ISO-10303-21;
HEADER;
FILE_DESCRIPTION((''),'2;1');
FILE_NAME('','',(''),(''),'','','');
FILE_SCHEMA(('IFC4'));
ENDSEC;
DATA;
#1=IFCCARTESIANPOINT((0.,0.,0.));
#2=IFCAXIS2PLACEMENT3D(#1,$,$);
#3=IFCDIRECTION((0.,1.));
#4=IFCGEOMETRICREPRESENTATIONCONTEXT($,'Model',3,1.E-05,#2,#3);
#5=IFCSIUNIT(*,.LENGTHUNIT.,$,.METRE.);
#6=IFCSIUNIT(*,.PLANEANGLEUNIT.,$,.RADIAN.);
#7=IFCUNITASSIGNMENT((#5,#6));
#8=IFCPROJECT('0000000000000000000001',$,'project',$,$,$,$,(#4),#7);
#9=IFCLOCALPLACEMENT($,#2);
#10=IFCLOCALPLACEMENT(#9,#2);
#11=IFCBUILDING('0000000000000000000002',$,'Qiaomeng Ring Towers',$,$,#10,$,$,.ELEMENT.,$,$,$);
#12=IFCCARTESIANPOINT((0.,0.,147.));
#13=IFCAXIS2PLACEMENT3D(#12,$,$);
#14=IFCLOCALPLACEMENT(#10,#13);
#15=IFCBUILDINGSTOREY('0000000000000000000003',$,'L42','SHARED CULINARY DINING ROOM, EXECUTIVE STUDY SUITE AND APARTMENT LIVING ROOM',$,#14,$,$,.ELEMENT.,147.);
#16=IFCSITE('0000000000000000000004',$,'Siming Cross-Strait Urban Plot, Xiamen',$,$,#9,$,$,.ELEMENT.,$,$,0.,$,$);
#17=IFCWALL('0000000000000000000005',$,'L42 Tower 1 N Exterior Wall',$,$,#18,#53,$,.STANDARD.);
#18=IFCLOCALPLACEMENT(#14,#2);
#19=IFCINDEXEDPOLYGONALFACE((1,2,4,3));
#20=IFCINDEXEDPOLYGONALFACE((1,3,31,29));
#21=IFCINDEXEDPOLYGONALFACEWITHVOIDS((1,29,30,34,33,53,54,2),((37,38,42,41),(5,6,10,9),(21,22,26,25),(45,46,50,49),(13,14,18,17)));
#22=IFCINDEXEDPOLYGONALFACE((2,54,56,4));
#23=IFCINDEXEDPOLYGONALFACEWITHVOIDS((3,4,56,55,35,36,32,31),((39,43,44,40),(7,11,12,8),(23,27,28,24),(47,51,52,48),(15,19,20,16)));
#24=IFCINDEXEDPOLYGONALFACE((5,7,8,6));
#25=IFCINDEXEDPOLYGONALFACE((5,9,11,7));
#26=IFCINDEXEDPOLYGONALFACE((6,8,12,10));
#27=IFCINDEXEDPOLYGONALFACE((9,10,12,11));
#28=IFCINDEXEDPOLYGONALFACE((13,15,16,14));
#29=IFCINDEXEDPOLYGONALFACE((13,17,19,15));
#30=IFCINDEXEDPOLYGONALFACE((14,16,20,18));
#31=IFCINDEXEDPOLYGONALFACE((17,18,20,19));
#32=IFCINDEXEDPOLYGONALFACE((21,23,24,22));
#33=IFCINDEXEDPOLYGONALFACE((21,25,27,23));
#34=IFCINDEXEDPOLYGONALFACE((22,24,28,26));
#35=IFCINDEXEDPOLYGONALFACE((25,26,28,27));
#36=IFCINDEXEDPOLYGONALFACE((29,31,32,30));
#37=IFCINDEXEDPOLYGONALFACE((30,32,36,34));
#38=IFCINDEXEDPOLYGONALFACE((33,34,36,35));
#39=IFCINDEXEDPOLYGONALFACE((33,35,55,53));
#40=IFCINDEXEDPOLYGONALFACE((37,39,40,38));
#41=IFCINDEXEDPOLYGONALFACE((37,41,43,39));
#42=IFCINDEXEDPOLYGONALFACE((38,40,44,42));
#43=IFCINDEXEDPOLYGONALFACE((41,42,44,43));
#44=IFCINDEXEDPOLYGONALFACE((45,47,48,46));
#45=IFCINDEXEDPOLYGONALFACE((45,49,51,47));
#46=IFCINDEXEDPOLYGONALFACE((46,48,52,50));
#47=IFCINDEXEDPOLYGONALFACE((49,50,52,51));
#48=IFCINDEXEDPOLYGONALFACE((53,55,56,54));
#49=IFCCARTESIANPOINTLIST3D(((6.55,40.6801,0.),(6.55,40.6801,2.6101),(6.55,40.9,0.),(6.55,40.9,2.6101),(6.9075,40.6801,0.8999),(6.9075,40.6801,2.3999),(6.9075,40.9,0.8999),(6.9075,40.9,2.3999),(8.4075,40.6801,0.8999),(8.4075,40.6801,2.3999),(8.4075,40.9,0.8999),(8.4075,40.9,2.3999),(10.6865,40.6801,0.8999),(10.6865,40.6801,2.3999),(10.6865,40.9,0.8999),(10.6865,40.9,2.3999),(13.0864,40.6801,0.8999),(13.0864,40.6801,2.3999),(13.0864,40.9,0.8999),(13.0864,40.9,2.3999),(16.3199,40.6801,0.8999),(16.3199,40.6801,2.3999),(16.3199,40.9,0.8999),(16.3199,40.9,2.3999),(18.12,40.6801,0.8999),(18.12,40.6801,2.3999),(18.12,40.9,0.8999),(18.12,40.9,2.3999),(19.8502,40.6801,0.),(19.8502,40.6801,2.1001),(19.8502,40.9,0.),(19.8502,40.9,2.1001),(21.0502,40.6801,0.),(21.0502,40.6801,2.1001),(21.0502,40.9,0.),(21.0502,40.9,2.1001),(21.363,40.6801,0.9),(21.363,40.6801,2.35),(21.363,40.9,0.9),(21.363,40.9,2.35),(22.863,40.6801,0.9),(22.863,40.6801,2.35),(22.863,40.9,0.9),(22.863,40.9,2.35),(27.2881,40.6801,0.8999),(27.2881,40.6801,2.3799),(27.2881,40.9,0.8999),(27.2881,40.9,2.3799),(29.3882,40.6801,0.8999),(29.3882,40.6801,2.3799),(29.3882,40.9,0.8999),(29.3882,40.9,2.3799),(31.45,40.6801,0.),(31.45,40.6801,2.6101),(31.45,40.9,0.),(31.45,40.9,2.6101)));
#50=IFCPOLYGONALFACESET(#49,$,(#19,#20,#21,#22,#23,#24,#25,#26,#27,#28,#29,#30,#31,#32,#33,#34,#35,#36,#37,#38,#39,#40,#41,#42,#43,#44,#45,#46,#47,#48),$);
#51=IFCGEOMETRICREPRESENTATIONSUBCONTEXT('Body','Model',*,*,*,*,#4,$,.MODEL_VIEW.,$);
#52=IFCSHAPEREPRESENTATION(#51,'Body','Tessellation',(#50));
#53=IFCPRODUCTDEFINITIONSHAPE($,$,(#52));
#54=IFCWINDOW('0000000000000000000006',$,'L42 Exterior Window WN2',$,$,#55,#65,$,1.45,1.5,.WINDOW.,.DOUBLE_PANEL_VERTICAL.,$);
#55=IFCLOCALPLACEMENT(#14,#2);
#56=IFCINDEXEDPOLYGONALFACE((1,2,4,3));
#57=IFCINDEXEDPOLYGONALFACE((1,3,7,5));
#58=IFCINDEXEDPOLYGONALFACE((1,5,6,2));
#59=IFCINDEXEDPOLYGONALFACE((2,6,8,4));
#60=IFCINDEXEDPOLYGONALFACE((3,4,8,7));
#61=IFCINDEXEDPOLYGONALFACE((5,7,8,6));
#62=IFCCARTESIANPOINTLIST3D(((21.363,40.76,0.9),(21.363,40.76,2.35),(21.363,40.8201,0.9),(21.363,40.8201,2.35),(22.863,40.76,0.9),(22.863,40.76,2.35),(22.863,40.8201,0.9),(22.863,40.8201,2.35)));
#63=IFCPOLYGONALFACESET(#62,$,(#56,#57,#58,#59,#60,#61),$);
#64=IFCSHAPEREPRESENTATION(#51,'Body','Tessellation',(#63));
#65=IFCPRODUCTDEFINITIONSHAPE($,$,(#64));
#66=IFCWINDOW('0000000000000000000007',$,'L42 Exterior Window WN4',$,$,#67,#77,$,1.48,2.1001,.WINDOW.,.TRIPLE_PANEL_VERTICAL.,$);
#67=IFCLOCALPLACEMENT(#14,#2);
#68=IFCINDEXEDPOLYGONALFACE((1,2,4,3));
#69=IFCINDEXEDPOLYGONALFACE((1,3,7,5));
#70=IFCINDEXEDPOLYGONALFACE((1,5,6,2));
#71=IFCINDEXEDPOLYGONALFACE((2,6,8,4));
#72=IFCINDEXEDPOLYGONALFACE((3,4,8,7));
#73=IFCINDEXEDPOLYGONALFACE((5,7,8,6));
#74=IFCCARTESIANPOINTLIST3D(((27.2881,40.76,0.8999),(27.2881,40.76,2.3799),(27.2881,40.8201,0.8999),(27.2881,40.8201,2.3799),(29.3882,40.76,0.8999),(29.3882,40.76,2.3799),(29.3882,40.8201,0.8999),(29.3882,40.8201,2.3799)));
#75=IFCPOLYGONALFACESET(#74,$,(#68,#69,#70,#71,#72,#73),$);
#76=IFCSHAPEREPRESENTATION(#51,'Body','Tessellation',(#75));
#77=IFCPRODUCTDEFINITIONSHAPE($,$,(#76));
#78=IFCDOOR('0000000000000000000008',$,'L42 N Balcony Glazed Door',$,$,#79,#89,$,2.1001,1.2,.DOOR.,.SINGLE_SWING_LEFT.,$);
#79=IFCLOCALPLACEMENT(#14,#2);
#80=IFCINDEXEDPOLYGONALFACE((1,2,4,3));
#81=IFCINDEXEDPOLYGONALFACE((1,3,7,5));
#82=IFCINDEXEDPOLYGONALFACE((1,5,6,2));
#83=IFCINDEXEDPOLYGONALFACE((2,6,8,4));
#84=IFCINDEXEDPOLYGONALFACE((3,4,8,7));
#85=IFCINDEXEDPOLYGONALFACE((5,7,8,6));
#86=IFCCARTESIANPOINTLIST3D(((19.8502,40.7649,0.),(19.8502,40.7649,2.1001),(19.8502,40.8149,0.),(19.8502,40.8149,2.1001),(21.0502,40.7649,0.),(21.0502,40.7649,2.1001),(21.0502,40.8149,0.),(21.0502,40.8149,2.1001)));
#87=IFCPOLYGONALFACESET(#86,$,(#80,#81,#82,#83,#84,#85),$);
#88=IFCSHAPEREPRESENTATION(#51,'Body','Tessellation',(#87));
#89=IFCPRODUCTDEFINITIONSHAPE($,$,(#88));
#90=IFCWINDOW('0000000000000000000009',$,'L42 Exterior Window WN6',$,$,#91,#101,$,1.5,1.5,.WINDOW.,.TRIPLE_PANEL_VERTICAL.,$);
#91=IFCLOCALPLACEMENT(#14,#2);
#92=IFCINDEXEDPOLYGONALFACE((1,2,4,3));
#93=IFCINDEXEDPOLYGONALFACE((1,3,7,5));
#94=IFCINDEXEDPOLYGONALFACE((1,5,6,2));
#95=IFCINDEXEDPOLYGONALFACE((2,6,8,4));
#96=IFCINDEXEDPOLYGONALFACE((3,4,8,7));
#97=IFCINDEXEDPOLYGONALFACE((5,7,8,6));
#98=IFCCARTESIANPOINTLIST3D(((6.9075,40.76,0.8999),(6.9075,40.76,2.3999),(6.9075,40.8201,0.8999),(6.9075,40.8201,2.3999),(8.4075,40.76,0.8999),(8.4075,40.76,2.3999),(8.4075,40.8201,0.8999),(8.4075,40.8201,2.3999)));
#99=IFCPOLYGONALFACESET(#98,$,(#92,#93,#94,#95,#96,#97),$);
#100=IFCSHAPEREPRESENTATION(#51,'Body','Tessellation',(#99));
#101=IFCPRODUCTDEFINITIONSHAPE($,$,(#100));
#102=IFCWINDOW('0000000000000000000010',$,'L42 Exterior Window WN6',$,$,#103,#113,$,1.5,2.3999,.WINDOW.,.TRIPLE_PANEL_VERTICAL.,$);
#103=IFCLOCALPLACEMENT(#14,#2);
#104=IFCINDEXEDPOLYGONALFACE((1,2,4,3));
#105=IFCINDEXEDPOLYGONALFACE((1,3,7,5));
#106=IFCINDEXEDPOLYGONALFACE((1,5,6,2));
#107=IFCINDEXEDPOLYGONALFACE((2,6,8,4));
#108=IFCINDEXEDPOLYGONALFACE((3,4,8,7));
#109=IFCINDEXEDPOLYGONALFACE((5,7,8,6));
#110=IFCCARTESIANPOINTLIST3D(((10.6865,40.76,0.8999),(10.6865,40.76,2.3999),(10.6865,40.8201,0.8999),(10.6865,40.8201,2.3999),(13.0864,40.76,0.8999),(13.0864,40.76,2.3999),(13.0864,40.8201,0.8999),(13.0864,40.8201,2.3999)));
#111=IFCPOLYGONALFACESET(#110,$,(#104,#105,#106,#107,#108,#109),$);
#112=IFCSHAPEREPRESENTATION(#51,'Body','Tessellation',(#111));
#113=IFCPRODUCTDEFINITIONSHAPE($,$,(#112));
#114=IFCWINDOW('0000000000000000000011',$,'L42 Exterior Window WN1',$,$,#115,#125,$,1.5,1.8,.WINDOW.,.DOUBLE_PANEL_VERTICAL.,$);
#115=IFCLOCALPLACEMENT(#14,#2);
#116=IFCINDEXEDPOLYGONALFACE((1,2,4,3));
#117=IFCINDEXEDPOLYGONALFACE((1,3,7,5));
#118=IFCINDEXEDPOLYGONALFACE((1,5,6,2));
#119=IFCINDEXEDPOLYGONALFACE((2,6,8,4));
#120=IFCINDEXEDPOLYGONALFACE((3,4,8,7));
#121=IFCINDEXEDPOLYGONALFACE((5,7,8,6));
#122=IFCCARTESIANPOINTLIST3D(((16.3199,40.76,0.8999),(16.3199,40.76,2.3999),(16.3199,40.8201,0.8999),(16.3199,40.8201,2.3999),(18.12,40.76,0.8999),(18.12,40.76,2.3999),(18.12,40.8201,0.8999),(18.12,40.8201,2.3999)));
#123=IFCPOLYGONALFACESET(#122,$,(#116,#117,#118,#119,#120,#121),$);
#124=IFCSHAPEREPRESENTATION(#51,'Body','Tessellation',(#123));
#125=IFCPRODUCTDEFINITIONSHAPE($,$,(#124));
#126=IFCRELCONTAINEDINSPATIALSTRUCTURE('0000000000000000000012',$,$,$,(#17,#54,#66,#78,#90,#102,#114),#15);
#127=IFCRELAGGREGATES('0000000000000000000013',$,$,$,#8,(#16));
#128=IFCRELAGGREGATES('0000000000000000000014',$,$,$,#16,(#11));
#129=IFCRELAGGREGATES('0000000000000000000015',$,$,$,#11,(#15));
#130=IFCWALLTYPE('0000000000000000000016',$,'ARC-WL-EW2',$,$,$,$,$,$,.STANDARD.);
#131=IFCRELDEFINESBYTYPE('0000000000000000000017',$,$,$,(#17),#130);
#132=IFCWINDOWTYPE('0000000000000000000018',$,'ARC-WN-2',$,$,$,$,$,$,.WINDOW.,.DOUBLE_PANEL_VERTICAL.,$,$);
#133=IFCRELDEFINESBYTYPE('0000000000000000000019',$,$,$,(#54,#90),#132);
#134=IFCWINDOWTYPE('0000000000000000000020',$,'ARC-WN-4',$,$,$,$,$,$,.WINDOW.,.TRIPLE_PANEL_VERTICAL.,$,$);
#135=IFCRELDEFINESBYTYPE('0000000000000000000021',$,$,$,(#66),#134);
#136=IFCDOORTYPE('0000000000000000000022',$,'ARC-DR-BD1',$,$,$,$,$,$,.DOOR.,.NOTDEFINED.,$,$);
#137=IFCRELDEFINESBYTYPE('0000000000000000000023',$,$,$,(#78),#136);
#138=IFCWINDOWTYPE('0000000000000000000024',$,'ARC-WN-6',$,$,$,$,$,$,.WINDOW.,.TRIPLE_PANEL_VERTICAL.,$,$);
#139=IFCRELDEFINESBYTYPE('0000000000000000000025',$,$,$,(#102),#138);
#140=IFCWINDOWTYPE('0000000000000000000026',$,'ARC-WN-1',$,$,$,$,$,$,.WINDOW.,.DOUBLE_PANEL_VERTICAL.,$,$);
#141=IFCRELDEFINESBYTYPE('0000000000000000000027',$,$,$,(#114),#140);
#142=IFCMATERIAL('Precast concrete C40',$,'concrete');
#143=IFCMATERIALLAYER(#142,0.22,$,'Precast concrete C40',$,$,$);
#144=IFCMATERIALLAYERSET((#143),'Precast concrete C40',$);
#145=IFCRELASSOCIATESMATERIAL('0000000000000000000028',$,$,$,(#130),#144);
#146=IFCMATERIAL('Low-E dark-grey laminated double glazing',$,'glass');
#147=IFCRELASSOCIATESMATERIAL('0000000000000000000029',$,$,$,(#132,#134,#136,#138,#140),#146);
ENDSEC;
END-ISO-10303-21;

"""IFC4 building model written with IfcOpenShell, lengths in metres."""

from ifc_helpers import new_model, si_unit, direction, frame, frame_2d, origin, place, context, subcontext, project, spatial, rectangle, extrude, source, transform, mapped, material, layer, layer_set, type_object, element, fill, save


model = new_model("IFC4")

# Units and contexts
model_context = context("Model", 3, precision=1e-05, world=origin(), true_north=direction((0.0, 1.0)))
body_context = subcontext(model_context, "Body", "Model", "MODEL_VIEW")
ifc_project = project(units=[si_unit("LENGTHUNIT", "METRE"), si_unit("PLANEANGLEUNIT", "RADIAN")], contexts=[model_context])

# Site, building, storey
site_placement = place(None, origin())
site = spatial("IfcSite", under=ifc_project, at=site_placement, Name="Siming Cross-Strait Urban Plot, Xiamen", CompositionType="ELEMENT", RefElevation=0.0)
building_placement = place(site_placement, origin())
building = spatial("IfcBuilding", under=site, at=building_placement, Name="Qiaomeng Ring Towers", CompositionType="ELEMENT")
storey_placement = place(building_placement, frame((0.0, 0.0, 147.0)))
storey = spatial("IfcBuildingStorey", under=building, at=storey_placement, Name="L42", Description="SHARED CULINARY DINING ROOM, EXECUTIVE STUDY SUITE AND APARTMENT LIVING ROOM", CompositionType="ELEMENT", Elevation=147.0)

# Shared definitions
ifc_material_1 = material(Name="Low-E dark-grey laminated double glazing", Category="glass")

# Wall, openings, windows, door
ifc_material_2 = material(Name="Precast concrete C40", Category="concrete")
ifc_layer_1 = layer(ifc_material_2, 0.22, Name="Precast concrete C40")
ifc_layer_set_1 = layer_set([ifc_layer_1], Name="Precast concrete C40")
wall_type_1 = type_object("IfcWallType", Name="ARC-WL-EW2", PredefinedType="STANDARD", material=ifc_layer_set_1)
wall_1_placement = place(storey_placement, frame((6.55, 40.79, 0.0), z_axis=(0.0, 0.0, 1.0), x_axis=(1.0, 0.0, 0.0)))
wall_1 = element("IfcWall", 1, at=wall_1_placement, inside=storey, type_object=wall_type_1, Name="L42 Tower 1 N Exterior Wall", PredefinedType="STANDARD", context=body_context, shape_type="SweptSolid", body=[
    extrude(rectangle(XDim=24.8999, YDim=0.22, at=frame_2d((12.45, 0.0))), origin(), (0.0, 0.0, 1.0), 2.6101),
])
opening_1_placement = place(wall_1_placement, frame((13.3, 0.0, 0.0)))
opening_1 = element("IfcOpeningElement", 2, at=opening_1_placement, cuts=wall_1, PredefinedType="OPENING", context=body_context, shape_type="SweptSolid", body=[
    extrude(rectangle(XDim=1.2, YDim=2.1001, at=frame_2d((0.6001, 1.05))), frame((0.0, 0.1199, 0.0), z_axis=(0.0, -1.0, 0.0), x_axis=(1.0, 0.0, 0.0)), (0.0, 0.0, 1.0), 0.24),
])
opening_2_placement = place(wall_1_placement, frame((0.3574, 0.0, 0.8999)))
opening_2 = element("IfcOpeningElement", 3, at=opening_2_placement, cuts=wall_1, PredefinedType="OPENING", context=body_context, shape_type="SweptSolid", body=[
    extrude(rectangle(XDim=1.5, YDim=1.5, at=frame_2d((0.75, 0.75))), frame((0.0, 0.1199, 0.0), z_axis=(0.0, -1.0, 0.0), x_axis=(1.0, 0.0, 0.0)), (0.0, 0.0, 1.0), 0.24),
])
opening_3_placement = place(wall_1_placement, frame((9.77, 0.0, 0.8999)))
opening_3 = element("IfcOpeningElement", 4, at=opening_3_placement, cuts=wall_1, PredefinedType="OPENING", context=body_context, shape_type="SweptSolid", body=[
    extrude(rectangle(XDim=1.8, YDim=1.5, at=frame_2d((0.8999, 0.75))), frame((0.0, 0.1199, 0.0), z_axis=(0.0, -1.0, 0.0), x_axis=(1.0, 0.0, 0.0)), (0.0, 0.0, 1.0), 0.24),
])
opening_4_placement = place(wall_1_placement, frame((14.813, 0.0, 0.8999)))
opening_4 = element("IfcOpeningElement", 5, at=opening_4_placement, cuts=wall_1, PredefinedType="OPENING", context=body_context, shape_type="SweptSolid", body=[
    extrude(rectangle(XDim=1.5, YDim=1.45, at=frame_2d((0.75, 0.7251))), frame((0.0, 0.1199, 0.0), z_axis=(0.0, -1.0, 0.0), x_axis=(1.0, 0.0, 0.0)), (0.0, 0.0, 1.0), 0.24),
])
opening_5_placement = place(wall_1_placement, frame((20.738, 0.0, 0.8999)))
opening_5 = element("IfcOpeningElement", 6, at=opening_5_placement, cuts=wall_1, PredefinedType="OPENING", context=body_context, shape_type="SweptSolid", body=[
    extrude(rectangle(XDim=2.1001, YDim=1.48, at=frame_2d((1.05, 0.74))), frame((0.0, 0.1199, 0.0), z_axis=(0.0, -1.0, 0.0), x_axis=(1.0, 0.0, 0.0)), (0.0, 0.0, 1.0), 0.24),
])
opening_6_placement = place(wall_1_placement, frame((4.1365, 0.0, 0.8999)))
opening_6 = element("IfcOpeningElement", 7, at=opening_6_placement, cuts=wall_1, PredefinedType="OPENING", context=body_context, shape_type="SweptSolid", body=[
    extrude(rectangle(XDim=2.3999, YDim=1.5, at=frame_2d((1.2, 0.75))), frame((0.0, 0.1199, 0.0), z_axis=(0.0, -1.0, 0.0), x_axis=(1.0, 0.0, 0.0)), (0.0, 0.0, 1.0), 0.24),
])
window_type_1 = type_object("IfcWindowType", Name="ARC-WN-2", PartitioningType="DOUBLE_PANEL_VERTICAL", PredefinedType="WINDOW", material=ifc_material_1)
shared_shape_1 = source(origin(), body_context, "Body", "SweptSolid", [
    extrude(rectangle(XDim=1.5, YDim=1.45, at=frame_2d((0.75, 0.7251))), frame((0.0, 0.03, 0.0), z_axis=(0.0, -1.0, 0.0), x_axis=(1.0, 0.0, 0.0)), (0.0, 0.0, 1.0), 0.0601),
])
window_1_placement = place(opening_4_placement, origin())
window_1 = element("IfcWindow", 8, at=window_1_placement, inside=storey, type_object=window_type_1, Name="L42 Exterior Window WN2", OverallHeight=1.45, OverallWidth=1.5, PartitioningType="DOUBLE_PANEL_VERTICAL", PredefinedType="WINDOW", context=body_context, shape_type="MappedRepresentation", body=[
    mapped(shared_shape_1, transform((0.0, 0.0, 0.0), x_axis=(1.0, 0.0, 0.0), y_axis=(0.0, 1.0, 0.0), z_axis=(0.0, 0.0, 1.0), scale=1.0)),
])
fill(opening_4, window_1)
window_type_2 = type_object("IfcWindowType", Name="ARC-WN-4", PartitioningType="TRIPLE_PANEL_VERTICAL", PredefinedType="WINDOW", material=ifc_material_1)
shared_shape_2 = source(origin(), body_context, "Body", "SweptSolid", [
    extrude(rectangle(XDim=2.1001, YDim=1.48, at=frame_2d((1.05, 0.74))), frame((0.0, 0.03, 0.0), z_axis=(0.0, -1.0, 0.0), x_axis=(1.0, 0.0, 0.0)), (0.0, 0.0, 1.0), 0.0601),
])
window_2_placement = place(opening_5_placement, origin())
window_2 = element("IfcWindow", 9, at=window_2_placement, inside=storey, type_object=window_type_2, Name="L42 Exterior Window WN4", OverallHeight=1.48, OverallWidth=2.1001, PartitioningType="TRIPLE_PANEL_VERTICAL", PredefinedType="WINDOW", context=body_context, shape_type="MappedRepresentation", body=[
    mapped(shared_shape_2, transform((0.0, 0.0, 0.0), x_axis=(1.0, 0.0, 0.0), y_axis=(0.0, 1.0, 0.0), z_axis=(0.0, 0.0, 1.0), scale=1.0)),
])
fill(opening_5, window_2)
door_type_1 = type_object("IfcDoorType", Name="ARC-DR-BD1", OperationType="NOTDEFINED", PredefinedType="DOOR", material=ifc_material_1)
shared_shape_3 = source(origin(), body_context, "Body", "SweptSolid", [
    extrude(rectangle(XDim=1.2, YDim=2.1001, at=frame_2d((0.6001, 1.05))), frame((0.0, 0.0249, 0.0), z_axis=(0.0, -1.0, 0.0), x_axis=(1.0, 0.0, 0.0)), (0.0, 0.0, 1.0), 0.05),
])
door_1_placement = place(opening_1_placement, origin())
door_1 = element("IfcDoor", 10, at=door_1_placement, inside=storey, type_object=door_type_1, Name="L42 N Balcony Glazed Door", OperationType="SINGLE_SWING_LEFT", OverallHeight=2.1001, OverallWidth=1.2, PredefinedType="DOOR", context=body_context, shape_type="MappedRepresentation", body=[
    mapped(shared_shape_3, transform((0.0, 0.0, 0.0), x_axis=(1.0, 0.0, 0.0), y_axis=(0.0, 1.0, 0.0), z_axis=(0.0, 0.0, 1.0), scale=1.0)),
])
fill(opening_1, door_1)
shared_shape_4 = source(origin(), body_context, "Body", "SweptSolid", [
    extrude(rectangle(XDim=1.5, YDim=1.5, at=frame_2d((0.75, 0.75))), frame((0.0, 0.03, 0.0), z_axis=(0.0, -1.0, 0.0), x_axis=(1.0, 0.0, 0.0)), (0.0, 0.0, 1.0), 0.0601),
])
window_3_placement = place(opening_2_placement, origin())
window_3 = element("IfcWindow", 11, at=window_3_placement, inside=storey, type_object=window_type_1, Name="L42 Exterior Window WN6", OverallHeight=1.5, OverallWidth=1.5, PartitioningType="TRIPLE_PANEL_VERTICAL", PredefinedType="WINDOW", context=body_context, shape_type="MappedRepresentation", body=[
    mapped(shared_shape_4, transform((0.0, 0.0, 0.0), x_axis=(1.0, 0.0, 0.0), y_axis=(0.0, 1.0, 0.0), z_axis=(0.0, 0.0, 1.0), scale=1.0)),
])
fill(opening_2, window_3)
window_type_3 = type_object("IfcWindowType", Name="ARC-WN-6", PartitioningType="TRIPLE_PANEL_VERTICAL", PredefinedType="WINDOW", material=ifc_material_1)
shared_shape_5 = source(origin(), body_context, "Body", "SweptSolid", [
    extrude(rectangle(XDim=2.3999, YDim=1.5, at=frame_2d((1.2, 0.75))), frame((0.0, 0.03, 0.0), z_axis=(0.0, -1.0, 0.0), x_axis=(1.0, 0.0, 0.0)), (0.0, 0.0, 1.0), 0.0601),
])
window_4_placement = place(opening_6_placement, origin())
window_4 = element("IfcWindow", 12, at=window_4_placement, inside=storey, type_object=window_type_3, Name="L42 Exterior Window WN6", OverallHeight=1.5, OverallWidth=2.3999, PartitioningType="TRIPLE_PANEL_VERTICAL", PredefinedType="WINDOW", context=body_context, shape_type="MappedRepresentation", body=[
    mapped(shared_shape_5, transform((0.0, 0.0, 0.0), x_axis=(1.0, 0.0, 0.0), y_axis=(0.0, 1.0, 0.0), z_axis=(0.0, 0.0, 1.0), scale=1.0)),
])
fill(opening_6, window_4)
window_type_4 = type_object("IfcWindowType", Name="ARC-WN-1", PartitioningType="DOUBLE_PANEL_VERTICAL", PredefinedType="WINDOW", material=ifc_material_1)
shared_shape_6 = source(origin(), body_context, "Body", "SweptSolid", [
    extrude(rectangle(XDim=1.8, YDim=1.5, at=frame_2d((0.8999, 0.75))), frame((0.0, 0.03, 0.0), z_axis=(0.0, -1.0, 0.0), x_axis=(1.0, 0.0, 0.0)), (0.0, 0.0, 1.0), 0.0601),
])
window_5_placement = place(opening_3_placement, origin())
window_5 = element("IfcWindow", 13, at=window_5_placement, inside=storey, type_object=window_type_4, Name="L42 Exterior Window WN1", OverallHeight=1.5, OverallWidth=1.8, PartitioningType="DOUBLE_PANEL_VERTICAL", PredefinedType="WINDOW", context=body_context, shape_type="MappedRepresentation", body=[
    mapped(shared_shape_6, transform((0.0, 0.0, 0.0), x_axis=(1.0, 0.0, 0.0), y_axis=(0.0, 1.0, 0.0), z_axis=(0.0, 0.0, 1.0), scale=1.0)),
])
fill(opening_3, window_5)

save(model, "model.ifc")
